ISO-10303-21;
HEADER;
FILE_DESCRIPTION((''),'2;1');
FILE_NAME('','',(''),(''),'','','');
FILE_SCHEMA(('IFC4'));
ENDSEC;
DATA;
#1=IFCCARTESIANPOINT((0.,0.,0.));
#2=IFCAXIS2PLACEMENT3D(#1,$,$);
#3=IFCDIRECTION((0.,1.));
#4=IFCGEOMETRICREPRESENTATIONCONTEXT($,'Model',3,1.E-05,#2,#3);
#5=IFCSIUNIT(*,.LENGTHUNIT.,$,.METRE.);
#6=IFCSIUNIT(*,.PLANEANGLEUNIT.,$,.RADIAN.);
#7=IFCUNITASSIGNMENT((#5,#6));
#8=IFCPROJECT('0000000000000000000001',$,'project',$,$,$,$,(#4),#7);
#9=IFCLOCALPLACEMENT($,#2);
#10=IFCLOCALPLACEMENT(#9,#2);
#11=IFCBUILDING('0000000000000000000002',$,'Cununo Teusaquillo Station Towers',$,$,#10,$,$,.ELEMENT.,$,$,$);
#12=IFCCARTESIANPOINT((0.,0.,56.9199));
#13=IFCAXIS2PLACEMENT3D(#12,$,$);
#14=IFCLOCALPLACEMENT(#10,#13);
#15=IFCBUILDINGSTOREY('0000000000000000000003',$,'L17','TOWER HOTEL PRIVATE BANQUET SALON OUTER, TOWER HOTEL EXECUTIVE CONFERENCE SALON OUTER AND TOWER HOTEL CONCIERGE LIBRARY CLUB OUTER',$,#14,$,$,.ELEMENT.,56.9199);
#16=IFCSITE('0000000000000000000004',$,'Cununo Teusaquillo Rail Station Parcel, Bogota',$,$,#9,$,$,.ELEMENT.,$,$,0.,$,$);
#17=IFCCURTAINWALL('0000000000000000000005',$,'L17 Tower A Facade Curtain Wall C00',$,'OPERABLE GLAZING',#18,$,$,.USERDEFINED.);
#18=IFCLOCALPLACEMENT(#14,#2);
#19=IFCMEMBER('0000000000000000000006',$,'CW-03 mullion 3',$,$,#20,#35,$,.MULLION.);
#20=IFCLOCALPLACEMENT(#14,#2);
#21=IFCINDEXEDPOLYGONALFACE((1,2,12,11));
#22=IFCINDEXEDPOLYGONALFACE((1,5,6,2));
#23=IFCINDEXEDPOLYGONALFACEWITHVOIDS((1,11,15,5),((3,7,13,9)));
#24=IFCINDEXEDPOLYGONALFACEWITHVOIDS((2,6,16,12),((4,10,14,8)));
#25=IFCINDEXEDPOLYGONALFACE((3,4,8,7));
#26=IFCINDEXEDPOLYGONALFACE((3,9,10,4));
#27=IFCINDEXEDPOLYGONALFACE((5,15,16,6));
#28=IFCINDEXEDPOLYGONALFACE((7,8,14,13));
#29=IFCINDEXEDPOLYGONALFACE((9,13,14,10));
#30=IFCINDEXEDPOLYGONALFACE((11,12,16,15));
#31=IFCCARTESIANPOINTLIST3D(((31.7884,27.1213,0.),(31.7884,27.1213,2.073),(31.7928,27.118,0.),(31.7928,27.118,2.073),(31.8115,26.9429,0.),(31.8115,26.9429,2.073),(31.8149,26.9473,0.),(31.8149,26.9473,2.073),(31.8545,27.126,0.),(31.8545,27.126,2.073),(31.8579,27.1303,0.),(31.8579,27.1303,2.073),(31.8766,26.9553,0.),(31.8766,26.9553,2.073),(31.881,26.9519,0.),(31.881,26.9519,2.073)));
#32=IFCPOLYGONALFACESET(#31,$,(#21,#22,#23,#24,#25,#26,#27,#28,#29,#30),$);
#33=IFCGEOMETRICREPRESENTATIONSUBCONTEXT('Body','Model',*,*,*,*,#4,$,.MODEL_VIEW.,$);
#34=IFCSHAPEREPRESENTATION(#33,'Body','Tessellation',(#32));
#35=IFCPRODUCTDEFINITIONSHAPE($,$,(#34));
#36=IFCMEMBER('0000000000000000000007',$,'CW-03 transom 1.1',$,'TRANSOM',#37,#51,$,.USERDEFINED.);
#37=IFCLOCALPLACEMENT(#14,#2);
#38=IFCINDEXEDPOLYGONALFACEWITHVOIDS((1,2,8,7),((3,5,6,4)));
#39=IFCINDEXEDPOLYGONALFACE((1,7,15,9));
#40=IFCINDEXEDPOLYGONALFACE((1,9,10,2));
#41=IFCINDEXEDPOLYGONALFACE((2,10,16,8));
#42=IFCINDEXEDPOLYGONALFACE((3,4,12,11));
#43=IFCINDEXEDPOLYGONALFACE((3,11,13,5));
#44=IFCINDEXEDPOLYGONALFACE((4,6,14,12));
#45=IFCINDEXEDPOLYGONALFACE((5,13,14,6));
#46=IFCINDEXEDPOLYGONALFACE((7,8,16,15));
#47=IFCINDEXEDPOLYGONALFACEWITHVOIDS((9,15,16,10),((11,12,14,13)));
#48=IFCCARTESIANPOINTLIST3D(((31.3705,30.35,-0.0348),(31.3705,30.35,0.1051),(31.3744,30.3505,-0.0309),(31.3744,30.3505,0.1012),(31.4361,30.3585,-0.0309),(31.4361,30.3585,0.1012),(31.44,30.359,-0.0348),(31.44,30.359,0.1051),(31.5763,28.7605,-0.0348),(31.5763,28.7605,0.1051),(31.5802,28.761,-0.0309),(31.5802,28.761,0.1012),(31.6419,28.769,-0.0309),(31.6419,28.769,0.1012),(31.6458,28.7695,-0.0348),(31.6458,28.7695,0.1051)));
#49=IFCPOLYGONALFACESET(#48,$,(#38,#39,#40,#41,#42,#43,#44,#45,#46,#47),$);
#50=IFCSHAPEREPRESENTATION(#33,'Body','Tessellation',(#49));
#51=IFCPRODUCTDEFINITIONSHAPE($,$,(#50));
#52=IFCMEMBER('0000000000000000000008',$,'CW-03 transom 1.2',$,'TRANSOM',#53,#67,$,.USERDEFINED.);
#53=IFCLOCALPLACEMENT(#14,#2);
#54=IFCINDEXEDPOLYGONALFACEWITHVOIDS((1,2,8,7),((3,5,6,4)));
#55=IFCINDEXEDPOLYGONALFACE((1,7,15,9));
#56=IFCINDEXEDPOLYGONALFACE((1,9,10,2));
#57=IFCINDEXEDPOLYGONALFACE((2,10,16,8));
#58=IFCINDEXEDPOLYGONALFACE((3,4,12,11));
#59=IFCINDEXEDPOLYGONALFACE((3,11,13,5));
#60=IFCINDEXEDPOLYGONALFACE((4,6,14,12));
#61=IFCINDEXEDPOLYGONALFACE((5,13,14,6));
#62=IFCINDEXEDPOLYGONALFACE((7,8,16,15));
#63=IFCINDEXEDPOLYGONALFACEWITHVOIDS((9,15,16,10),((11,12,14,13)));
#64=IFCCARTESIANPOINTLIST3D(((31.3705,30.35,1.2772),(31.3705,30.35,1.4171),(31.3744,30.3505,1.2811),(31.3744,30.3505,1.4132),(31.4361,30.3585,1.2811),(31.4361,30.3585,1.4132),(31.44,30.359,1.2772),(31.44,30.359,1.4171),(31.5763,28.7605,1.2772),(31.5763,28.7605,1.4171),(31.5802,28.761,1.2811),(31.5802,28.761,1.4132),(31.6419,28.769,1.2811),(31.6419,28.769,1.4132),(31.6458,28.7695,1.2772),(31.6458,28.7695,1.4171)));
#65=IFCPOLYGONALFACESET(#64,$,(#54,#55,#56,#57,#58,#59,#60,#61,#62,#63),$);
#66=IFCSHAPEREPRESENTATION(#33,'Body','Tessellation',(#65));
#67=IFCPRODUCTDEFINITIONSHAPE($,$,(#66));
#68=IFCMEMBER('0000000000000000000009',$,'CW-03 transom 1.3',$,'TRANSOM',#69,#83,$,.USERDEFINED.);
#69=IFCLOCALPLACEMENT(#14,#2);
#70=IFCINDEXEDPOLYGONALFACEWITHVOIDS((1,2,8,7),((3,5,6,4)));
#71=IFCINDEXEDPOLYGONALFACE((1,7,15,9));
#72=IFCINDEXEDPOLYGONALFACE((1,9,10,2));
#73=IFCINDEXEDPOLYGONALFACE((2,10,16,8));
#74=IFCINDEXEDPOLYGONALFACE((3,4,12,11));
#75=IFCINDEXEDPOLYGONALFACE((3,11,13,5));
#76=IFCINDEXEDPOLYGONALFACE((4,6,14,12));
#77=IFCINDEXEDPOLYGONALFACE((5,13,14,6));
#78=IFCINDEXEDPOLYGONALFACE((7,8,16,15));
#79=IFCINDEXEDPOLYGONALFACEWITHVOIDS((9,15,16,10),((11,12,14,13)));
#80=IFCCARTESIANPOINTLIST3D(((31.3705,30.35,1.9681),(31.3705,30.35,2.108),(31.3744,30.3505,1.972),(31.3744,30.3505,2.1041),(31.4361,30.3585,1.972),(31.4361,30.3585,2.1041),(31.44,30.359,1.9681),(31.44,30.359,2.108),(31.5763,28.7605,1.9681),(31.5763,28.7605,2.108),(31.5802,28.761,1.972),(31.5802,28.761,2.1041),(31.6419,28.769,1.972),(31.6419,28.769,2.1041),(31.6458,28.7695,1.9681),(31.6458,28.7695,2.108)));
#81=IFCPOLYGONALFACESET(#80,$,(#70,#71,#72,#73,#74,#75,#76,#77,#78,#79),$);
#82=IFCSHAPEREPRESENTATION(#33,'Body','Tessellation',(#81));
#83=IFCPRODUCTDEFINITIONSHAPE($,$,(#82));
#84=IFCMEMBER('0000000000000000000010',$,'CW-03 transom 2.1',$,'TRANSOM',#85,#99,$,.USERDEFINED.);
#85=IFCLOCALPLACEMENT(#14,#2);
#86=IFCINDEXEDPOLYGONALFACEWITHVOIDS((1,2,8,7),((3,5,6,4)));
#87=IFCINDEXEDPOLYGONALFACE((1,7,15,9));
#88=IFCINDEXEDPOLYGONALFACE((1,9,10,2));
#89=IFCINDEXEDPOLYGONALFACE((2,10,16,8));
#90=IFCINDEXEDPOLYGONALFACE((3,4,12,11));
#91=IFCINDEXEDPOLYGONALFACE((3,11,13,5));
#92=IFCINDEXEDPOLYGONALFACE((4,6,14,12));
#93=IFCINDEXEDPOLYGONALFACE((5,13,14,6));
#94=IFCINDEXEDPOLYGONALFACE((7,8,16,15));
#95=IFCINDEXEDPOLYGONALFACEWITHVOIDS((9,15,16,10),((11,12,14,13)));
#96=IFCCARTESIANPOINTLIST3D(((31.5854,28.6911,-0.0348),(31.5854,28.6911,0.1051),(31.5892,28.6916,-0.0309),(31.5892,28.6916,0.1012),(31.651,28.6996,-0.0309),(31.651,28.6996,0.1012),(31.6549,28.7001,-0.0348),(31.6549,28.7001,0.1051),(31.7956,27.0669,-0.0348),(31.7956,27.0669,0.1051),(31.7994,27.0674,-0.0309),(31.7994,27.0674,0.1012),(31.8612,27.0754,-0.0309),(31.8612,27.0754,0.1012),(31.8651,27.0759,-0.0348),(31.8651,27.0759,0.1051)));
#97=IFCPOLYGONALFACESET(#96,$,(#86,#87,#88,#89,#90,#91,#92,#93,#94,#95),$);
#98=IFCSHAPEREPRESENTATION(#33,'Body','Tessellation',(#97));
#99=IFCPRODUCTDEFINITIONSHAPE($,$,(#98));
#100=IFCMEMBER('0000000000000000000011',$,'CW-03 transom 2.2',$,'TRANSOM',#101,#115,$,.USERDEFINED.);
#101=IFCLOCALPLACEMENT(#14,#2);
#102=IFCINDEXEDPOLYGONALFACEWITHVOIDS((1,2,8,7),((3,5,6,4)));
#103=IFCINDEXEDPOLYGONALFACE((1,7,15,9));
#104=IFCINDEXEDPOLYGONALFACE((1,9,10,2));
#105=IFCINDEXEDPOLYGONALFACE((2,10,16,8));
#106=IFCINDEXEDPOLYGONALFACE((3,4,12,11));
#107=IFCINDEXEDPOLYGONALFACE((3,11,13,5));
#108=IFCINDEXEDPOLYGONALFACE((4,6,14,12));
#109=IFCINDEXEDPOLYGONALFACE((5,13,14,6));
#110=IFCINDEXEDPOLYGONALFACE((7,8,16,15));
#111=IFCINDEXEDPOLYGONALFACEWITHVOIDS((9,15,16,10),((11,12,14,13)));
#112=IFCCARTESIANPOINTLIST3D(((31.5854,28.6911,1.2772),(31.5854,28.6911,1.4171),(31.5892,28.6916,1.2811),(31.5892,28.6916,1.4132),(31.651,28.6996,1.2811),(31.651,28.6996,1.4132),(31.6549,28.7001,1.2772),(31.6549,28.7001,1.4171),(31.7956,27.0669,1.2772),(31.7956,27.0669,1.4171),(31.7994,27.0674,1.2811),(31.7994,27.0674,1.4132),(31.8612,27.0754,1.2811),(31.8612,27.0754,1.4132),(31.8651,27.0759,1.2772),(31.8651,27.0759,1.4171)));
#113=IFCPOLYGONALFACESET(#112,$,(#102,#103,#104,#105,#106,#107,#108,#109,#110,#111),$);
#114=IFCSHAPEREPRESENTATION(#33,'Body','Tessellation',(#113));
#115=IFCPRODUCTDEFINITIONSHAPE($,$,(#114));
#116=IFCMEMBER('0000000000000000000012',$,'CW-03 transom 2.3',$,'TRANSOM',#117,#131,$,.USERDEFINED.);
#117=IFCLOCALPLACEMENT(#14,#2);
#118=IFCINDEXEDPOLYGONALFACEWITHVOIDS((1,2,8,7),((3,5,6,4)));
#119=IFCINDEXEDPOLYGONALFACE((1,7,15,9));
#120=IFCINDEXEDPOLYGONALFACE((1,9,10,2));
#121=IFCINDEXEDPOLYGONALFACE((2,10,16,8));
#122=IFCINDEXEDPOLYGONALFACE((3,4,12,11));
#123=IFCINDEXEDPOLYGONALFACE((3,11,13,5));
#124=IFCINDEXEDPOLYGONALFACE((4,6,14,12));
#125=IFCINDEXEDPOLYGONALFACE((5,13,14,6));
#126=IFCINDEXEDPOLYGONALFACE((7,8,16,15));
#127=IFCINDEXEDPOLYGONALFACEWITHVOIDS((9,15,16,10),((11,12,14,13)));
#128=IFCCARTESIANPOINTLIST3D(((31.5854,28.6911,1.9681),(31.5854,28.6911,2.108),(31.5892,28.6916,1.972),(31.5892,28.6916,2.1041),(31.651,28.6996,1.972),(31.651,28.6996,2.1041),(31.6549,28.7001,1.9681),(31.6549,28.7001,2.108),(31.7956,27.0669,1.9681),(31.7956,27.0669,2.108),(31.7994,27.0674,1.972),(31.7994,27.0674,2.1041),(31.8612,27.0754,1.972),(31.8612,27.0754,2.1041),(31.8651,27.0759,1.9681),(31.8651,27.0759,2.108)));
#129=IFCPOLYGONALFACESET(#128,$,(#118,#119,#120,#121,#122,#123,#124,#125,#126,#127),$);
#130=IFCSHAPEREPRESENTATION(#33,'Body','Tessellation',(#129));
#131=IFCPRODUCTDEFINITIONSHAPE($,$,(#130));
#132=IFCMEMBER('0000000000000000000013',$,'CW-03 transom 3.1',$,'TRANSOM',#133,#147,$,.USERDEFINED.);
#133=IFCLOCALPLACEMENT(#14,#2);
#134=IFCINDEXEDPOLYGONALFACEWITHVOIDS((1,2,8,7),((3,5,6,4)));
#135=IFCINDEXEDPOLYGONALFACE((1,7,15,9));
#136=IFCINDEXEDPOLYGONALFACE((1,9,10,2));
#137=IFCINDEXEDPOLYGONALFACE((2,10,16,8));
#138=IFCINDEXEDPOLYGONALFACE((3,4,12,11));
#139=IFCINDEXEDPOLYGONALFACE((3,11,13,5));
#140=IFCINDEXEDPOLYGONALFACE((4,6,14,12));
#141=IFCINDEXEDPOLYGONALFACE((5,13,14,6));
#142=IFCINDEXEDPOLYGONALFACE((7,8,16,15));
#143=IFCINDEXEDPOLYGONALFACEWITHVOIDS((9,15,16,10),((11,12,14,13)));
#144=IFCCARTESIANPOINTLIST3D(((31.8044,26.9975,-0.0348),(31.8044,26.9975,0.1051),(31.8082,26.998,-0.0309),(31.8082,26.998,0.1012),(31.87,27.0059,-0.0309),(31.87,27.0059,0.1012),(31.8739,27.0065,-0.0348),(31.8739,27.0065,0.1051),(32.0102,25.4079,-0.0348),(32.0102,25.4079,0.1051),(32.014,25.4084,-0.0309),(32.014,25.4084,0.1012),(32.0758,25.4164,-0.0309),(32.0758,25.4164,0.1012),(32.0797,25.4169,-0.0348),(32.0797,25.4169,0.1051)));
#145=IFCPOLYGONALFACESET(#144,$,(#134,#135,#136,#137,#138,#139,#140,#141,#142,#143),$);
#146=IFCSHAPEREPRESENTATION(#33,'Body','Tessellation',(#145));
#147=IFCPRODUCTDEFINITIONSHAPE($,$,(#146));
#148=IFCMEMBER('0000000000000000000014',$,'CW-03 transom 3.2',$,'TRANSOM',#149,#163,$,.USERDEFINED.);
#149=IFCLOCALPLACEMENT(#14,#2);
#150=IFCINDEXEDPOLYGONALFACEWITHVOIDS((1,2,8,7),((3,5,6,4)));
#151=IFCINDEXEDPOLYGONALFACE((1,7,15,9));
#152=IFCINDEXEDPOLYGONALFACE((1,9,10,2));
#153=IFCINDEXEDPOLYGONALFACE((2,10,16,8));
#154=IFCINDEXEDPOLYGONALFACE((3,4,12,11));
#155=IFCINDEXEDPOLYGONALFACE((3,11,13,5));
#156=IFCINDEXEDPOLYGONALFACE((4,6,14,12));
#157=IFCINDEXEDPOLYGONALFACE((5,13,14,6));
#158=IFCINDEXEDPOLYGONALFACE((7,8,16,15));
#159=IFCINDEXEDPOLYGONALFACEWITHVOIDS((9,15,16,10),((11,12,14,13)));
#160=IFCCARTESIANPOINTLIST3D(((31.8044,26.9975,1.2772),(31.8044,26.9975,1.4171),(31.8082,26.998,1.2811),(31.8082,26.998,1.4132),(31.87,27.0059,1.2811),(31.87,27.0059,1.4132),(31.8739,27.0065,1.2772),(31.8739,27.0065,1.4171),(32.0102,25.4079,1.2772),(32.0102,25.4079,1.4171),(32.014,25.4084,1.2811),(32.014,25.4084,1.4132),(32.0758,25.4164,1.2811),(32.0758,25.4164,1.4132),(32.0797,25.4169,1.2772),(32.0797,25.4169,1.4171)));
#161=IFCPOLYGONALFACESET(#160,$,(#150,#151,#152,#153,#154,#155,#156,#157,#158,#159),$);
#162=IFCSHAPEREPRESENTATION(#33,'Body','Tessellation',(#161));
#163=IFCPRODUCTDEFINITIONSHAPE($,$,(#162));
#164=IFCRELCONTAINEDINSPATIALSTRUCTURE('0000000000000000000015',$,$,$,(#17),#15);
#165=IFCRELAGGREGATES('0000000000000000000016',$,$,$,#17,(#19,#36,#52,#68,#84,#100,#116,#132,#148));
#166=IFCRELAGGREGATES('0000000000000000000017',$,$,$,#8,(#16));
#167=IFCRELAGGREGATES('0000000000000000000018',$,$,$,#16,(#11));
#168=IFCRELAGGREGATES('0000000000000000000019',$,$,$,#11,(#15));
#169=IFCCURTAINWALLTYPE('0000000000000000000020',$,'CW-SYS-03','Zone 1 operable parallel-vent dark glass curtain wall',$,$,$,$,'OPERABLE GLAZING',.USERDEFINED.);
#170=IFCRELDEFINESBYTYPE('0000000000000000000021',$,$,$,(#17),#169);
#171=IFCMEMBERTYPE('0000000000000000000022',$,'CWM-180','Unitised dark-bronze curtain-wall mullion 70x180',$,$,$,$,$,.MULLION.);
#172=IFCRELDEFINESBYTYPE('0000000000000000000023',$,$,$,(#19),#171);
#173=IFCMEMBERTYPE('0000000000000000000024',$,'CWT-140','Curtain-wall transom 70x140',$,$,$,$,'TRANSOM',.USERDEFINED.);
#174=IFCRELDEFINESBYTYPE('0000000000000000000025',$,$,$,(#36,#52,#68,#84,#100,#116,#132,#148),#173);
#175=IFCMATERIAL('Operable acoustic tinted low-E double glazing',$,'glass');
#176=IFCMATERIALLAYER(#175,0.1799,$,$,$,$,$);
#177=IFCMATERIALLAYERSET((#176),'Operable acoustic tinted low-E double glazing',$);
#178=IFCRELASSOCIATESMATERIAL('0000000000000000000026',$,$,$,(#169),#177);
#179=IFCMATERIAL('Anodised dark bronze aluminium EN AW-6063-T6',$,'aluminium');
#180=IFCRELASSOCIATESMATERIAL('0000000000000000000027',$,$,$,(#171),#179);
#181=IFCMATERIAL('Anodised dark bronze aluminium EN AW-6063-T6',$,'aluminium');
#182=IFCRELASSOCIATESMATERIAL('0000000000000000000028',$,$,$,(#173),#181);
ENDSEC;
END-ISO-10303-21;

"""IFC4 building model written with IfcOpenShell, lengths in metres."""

from ifc_helpers import new_model, si_unit, direction, frame, origin, origin_2d, place, context, subcontext, project, spatial, hollow_rectangle, extrude, material, layer, layer_set, material_profile, profile_set, type_object, element, aggregate, save


model = new_model("IFC4")

# Units and contexts
model_context = context("Model", 3, precision=1e-05, world=origin(), true_north=direction((0.0, 1.0)))
body_context = subcontext(model_context, "Body", "Model", "MODEL_VIEW")
ifc_project = project(units=[si_unit("LENGTHUNIT", "METRE"), si_unit("PLANEANGLEUNIT", "RADIAN")], contexts=[model_context])

# Site, building, storey
site_placement = place(None, origin())
site = spatial("IfcSite", under=ifc_project, at=site_placement, Name="Cununo Teusaquillo Rail Station Parcel, Bogota", CompositionType="ELEMENT", RefElevation=0.0)
building_placement = place(site_placement, origin())
building = spatial("IfcBuilding", under=site, at=building_placement, Name="Cununo Teusaquillo Station Towers", CompositionType="ELEMENT")
storey_placement = place(building_placement, frame((0.0, 0.0, 56.9199)))
storey = spatial("IfcBuildingStorey", under=building, at=storey_placement, Name="L17", Description="TOWER HOTEL PRIVATE BANQUET SALON OUTER, TOWER HOTEL EXECUTIVE CONFERENCE SALON OUTER AND TOWER HOTEL CONCIERGE LIBRARY CLUB OUTER", CompositionType="ELEMENT", Elevation=56.9199)

# Curtain wall, members
ifc_material_1 = material(Name="Operable acoustic tinted low-E double glazing", Category="glass")
ifc_layer_1 = layer(ifc_material_1, 0.1799)
ifc_layer_set_1 = layer_set([ifc_layer_1], Name="Operable acoustic tinted low-E double glazing")
curtain_wall_type = type_object("IfcCurtainWallType", Name="CW-SYS-03", Description="Zone 1 operable parallel-vent dark glass curtain wall", ElementType="OPERABLE GLAZING", PredefinedType="USERDEFINED", material=ifc_layer_set_1)
curtain_wall_placement = place(storey_placement, origin())
curtain_wall = element("IfcCurtainWall", 1, at=curtain_wall_placement, inside=storey, type_object=curtain_wall_type, Name="L17 Tower A Facade Curtain Wall C00", ObjectType="OPERABLE GLAZING", PredefinedType="USERDEFINED")
ifc_material_2 = material(Name="Anodised dark bronze aluminium EN AW-6063-T6", Category="aluminium")
ifc_material_profile_1 = material_profile(ifc_material_2, hollow_rectangle(XDim=0.0701, YDim=0.1799, WallThickness=0.0039, at=origin_2d()), Name="CW-MULL-70x180")
ifc_profile_set_1 = profile_set([ifc_material_profile_1], Name="Anodised dark bronze aluminium EN AW-6063-T6")
member_type_1 = type_object("IfcMemberType", Name="CWM-180", Description="Unitised dark-bronze curtain-wall mullion 70x180", PredefinedType="MULLION", material=ifc_profile_set_1)
member_1_placement = place(storey_placement, frame((31.8347, 27.0366, 0.0), z_axis=(0.0, 0.0, 1.0), x_axis=(0.991731, 0.128336, 0.0)))
member_1 = element("IfcMember", 2, at=member_1_placement, type_object=member_type_1, Name="CW-03 mullion 3", PredefinedType="MULLION", context=body_context, shape_type="SweptSolid", body=[
    extrude(hollow_rectangle(XDim=0.0701, YDim=0.1799, WallThickness=0.0039, at=origin_2d()), origin(), (0.0, 0.0, 1.0), 2.073),
])
ifc_material_3 = material(Name="Anodised dark bronze aluminium EN AW-6063-T6", Category="aluminium")
ifc_material_profile_2 = material_profile(ifc_material_3, hollow_rectangle(XDim=0.0701, YDim=0.1399, WallThickness=0.0039, at=origin_2d()), Name="CW-TRAN-70x140")
ifc_profile_set_2 = profile_set([ifc_material_profile_2], Name="Anodised dark bronze aluminium EN AW-6063-T6")
member_type_2 = type_object("IfcMemberType", Name="CWT-140", Description="Curtain-wall transom 70x140", ElementType="TRANSOM", PredefinedType="USERDEFINED", material=ifc_profile_set_2)
member_2_placement = place(storey_placement, frame((31.4053, 30.3545, 0.0352), z_axis=(0.128401, -0.991722, 0.0), x_axis=(0.991722, 0.128401, 0.0)))
member_2 = element("IfcMember", 3, at=member_2_placement, type_object=member_type_2, Name="CW-03 transom 1.1", ObjectType="TRANSOM", PredefinedType="USERDEFINED", context=body_context, shape_type="SweptSolid", body=[
    extrude(hollow_rectangle(XDim=0.0701, YDim=0.1399, WallThickness=0.0039, at=origin_2d()), origin(), (0.0, 0.0, 1.0), 1.6028),
])
member_3_placement = place(storey_placement, frame((31.4053, 30.3545, 1.3472), z_axis=(0.128401, -0.991722, 0.0), x_axis=(0.991722, 0.128401, 0.0)))
member_3 = element("IfcMember", 4, at=member_3_placement, type_object=member_type_2, Name="CW-03 transom 1.2", ObjectType="TRANSOM", PredefinedType="USERDEFINED", context=body_context, shape_type="SweptSolid", body=[
    extrude(hollow_rectangle(XDim=0.0701, YDim=0.1399, WallThickness=0.0039, at=origin_2d()), origin(), (0.0, 0.0, 1.0), 1.6028),
])
member_4_placement = place(storey_placement, frame((31.4053, 30.3545, 2.0381), z_axis=(0.128401, -0.991722, 0.0), x_axis=(0.991722, 0.128401, 0.0)))
member_4 = element("IfcMember", 5, at=member_4_placement, type_object=member_type_2, Name="CW-03 transom 1.3", ObjectType="TRANSOM", PredefinedType="USERDEFINED", context=body_context, shape_type="SweptSolid", body=[
    extrude(hollow_rectangle(XDim=0.0701, YDim=0.1399, WallThickness=0.0039, at=origin_2d()), origin(), (0.0, 0.0, 1.0), 1.6028),
])
member_5_placement = place(storey_placement, frame((31.6201, 28.6956, 0.0352), z_axis=(0.128345, -0.99173, 0.0), x_axis=(0.99173, 0.128345, 0.0)))
member_5 = element("IfcMember", 6, at=member_5_placement, type_object=member_type_2, Name="CW-03 transom 2.1", ObjectType="TRANSOM", PredefinedType="USERDEFINED", context=body_context, shape_type="SweptSolid", body=[
    extrude(hollow_rectangle(XDim=0.0701, YDim=0.1399, WallThickness=0.0039, at=origin_2d()), origin(), (0.0, 0.0, 1.0), 1.6377),
])
member_6_placement = place(storey_placement, frame((31.6201, 28.6956, 1.3472), z_axis=(0.128345, -0.99173, 0.0), x_axis=(0.99173, 0.128345, 0.0)))
member_6 = element("IfcMember", 7, at=member_6_placement, type_object=member_type_2, Name="CW-03 transom 2.2", ObjectType="TRANSOM", PredefinedType="USERDEFINED", context=body_context, shape_type="SweptSolid", body=[
    extrude(hollow_rectangle(XDim=0.0701, YDim=0.1399, WallThickness=0.0039, at=origin_2d()), origin(), (0.0, 0.0, 1.0), 1.6377),
])
member_7_placement = place(storey_placement, frame((31.6201, 28.6956, 2.0381), z_axis=(0.128345, -0.99173, 0.0), x_axis=(0.99173, 0.128345, 0.0)))
member_7 = element("IfcMember", 8, at=member_7_placement, type_object=member_type_2, Name="CW-03 transom 2.3", ObjectType="TRANSOM", PredefinedType="USERDEFINED", context=body_context, shape_type="SweptSolid", body=[
    extrude(hollow_rectangle(XDim=0.0701, YDim=0.1399, WallThickness=0.0039, at=origin_2d()), origin(), (0.0, 0.0, 1.0), 1.6377),
])
member_8_placement = place(storey_placement, frame((31.8391, 27.002, 0.0352), z_axis=(0.128401, -0.991722, 0.0), x_axis=(0.991722, 0.128401, 0.0)))
member_8 = element("IfcMember", 9, at=member_8_placement, type_object=member_type_2, Name="CW-03 transom 3.1", ObjectType="TRANSOM", PredefinedType="USERDEFINED", context=body_context, shape_type="SweptSolid", body=[
    extrude(hollow_rectangle(XDim=0.0701, YDim=0.1399, WallThickness=0.0039, at=origin_2d()), origin(), (0.0, 0.0, 1.0), 1.6028),
])
member_9_placement = place(storey_placement, frame((31.8391, 27.002, 1.3472), z_axis=(0.128401, -0.991722, 0.0), x_axis=(0.991722, 0.128401, 0.0)))
member_9 = element("IfcMember", 10, at=member_9_placement, type_object=member_type_2, Name="CW-03 transom 3.2", ObjectType="TRANSOM", PredefinedType="USERDEFINED", context=body_context, shape_type="SweptSolid", body=[
    extrude(hollow_rectangle(XDim=0.0701, YDim=0.1399, WallThickness=0.0039, at=origin_2d()), origin(), (0.0, 0.0, 1.0), 1.6028),
])

aggregate(curtain_wall, [member_1, member_2, member_3, member_4, member_5, member_6, member_7, member_8, member_9])

save(model, "model.ifc")
